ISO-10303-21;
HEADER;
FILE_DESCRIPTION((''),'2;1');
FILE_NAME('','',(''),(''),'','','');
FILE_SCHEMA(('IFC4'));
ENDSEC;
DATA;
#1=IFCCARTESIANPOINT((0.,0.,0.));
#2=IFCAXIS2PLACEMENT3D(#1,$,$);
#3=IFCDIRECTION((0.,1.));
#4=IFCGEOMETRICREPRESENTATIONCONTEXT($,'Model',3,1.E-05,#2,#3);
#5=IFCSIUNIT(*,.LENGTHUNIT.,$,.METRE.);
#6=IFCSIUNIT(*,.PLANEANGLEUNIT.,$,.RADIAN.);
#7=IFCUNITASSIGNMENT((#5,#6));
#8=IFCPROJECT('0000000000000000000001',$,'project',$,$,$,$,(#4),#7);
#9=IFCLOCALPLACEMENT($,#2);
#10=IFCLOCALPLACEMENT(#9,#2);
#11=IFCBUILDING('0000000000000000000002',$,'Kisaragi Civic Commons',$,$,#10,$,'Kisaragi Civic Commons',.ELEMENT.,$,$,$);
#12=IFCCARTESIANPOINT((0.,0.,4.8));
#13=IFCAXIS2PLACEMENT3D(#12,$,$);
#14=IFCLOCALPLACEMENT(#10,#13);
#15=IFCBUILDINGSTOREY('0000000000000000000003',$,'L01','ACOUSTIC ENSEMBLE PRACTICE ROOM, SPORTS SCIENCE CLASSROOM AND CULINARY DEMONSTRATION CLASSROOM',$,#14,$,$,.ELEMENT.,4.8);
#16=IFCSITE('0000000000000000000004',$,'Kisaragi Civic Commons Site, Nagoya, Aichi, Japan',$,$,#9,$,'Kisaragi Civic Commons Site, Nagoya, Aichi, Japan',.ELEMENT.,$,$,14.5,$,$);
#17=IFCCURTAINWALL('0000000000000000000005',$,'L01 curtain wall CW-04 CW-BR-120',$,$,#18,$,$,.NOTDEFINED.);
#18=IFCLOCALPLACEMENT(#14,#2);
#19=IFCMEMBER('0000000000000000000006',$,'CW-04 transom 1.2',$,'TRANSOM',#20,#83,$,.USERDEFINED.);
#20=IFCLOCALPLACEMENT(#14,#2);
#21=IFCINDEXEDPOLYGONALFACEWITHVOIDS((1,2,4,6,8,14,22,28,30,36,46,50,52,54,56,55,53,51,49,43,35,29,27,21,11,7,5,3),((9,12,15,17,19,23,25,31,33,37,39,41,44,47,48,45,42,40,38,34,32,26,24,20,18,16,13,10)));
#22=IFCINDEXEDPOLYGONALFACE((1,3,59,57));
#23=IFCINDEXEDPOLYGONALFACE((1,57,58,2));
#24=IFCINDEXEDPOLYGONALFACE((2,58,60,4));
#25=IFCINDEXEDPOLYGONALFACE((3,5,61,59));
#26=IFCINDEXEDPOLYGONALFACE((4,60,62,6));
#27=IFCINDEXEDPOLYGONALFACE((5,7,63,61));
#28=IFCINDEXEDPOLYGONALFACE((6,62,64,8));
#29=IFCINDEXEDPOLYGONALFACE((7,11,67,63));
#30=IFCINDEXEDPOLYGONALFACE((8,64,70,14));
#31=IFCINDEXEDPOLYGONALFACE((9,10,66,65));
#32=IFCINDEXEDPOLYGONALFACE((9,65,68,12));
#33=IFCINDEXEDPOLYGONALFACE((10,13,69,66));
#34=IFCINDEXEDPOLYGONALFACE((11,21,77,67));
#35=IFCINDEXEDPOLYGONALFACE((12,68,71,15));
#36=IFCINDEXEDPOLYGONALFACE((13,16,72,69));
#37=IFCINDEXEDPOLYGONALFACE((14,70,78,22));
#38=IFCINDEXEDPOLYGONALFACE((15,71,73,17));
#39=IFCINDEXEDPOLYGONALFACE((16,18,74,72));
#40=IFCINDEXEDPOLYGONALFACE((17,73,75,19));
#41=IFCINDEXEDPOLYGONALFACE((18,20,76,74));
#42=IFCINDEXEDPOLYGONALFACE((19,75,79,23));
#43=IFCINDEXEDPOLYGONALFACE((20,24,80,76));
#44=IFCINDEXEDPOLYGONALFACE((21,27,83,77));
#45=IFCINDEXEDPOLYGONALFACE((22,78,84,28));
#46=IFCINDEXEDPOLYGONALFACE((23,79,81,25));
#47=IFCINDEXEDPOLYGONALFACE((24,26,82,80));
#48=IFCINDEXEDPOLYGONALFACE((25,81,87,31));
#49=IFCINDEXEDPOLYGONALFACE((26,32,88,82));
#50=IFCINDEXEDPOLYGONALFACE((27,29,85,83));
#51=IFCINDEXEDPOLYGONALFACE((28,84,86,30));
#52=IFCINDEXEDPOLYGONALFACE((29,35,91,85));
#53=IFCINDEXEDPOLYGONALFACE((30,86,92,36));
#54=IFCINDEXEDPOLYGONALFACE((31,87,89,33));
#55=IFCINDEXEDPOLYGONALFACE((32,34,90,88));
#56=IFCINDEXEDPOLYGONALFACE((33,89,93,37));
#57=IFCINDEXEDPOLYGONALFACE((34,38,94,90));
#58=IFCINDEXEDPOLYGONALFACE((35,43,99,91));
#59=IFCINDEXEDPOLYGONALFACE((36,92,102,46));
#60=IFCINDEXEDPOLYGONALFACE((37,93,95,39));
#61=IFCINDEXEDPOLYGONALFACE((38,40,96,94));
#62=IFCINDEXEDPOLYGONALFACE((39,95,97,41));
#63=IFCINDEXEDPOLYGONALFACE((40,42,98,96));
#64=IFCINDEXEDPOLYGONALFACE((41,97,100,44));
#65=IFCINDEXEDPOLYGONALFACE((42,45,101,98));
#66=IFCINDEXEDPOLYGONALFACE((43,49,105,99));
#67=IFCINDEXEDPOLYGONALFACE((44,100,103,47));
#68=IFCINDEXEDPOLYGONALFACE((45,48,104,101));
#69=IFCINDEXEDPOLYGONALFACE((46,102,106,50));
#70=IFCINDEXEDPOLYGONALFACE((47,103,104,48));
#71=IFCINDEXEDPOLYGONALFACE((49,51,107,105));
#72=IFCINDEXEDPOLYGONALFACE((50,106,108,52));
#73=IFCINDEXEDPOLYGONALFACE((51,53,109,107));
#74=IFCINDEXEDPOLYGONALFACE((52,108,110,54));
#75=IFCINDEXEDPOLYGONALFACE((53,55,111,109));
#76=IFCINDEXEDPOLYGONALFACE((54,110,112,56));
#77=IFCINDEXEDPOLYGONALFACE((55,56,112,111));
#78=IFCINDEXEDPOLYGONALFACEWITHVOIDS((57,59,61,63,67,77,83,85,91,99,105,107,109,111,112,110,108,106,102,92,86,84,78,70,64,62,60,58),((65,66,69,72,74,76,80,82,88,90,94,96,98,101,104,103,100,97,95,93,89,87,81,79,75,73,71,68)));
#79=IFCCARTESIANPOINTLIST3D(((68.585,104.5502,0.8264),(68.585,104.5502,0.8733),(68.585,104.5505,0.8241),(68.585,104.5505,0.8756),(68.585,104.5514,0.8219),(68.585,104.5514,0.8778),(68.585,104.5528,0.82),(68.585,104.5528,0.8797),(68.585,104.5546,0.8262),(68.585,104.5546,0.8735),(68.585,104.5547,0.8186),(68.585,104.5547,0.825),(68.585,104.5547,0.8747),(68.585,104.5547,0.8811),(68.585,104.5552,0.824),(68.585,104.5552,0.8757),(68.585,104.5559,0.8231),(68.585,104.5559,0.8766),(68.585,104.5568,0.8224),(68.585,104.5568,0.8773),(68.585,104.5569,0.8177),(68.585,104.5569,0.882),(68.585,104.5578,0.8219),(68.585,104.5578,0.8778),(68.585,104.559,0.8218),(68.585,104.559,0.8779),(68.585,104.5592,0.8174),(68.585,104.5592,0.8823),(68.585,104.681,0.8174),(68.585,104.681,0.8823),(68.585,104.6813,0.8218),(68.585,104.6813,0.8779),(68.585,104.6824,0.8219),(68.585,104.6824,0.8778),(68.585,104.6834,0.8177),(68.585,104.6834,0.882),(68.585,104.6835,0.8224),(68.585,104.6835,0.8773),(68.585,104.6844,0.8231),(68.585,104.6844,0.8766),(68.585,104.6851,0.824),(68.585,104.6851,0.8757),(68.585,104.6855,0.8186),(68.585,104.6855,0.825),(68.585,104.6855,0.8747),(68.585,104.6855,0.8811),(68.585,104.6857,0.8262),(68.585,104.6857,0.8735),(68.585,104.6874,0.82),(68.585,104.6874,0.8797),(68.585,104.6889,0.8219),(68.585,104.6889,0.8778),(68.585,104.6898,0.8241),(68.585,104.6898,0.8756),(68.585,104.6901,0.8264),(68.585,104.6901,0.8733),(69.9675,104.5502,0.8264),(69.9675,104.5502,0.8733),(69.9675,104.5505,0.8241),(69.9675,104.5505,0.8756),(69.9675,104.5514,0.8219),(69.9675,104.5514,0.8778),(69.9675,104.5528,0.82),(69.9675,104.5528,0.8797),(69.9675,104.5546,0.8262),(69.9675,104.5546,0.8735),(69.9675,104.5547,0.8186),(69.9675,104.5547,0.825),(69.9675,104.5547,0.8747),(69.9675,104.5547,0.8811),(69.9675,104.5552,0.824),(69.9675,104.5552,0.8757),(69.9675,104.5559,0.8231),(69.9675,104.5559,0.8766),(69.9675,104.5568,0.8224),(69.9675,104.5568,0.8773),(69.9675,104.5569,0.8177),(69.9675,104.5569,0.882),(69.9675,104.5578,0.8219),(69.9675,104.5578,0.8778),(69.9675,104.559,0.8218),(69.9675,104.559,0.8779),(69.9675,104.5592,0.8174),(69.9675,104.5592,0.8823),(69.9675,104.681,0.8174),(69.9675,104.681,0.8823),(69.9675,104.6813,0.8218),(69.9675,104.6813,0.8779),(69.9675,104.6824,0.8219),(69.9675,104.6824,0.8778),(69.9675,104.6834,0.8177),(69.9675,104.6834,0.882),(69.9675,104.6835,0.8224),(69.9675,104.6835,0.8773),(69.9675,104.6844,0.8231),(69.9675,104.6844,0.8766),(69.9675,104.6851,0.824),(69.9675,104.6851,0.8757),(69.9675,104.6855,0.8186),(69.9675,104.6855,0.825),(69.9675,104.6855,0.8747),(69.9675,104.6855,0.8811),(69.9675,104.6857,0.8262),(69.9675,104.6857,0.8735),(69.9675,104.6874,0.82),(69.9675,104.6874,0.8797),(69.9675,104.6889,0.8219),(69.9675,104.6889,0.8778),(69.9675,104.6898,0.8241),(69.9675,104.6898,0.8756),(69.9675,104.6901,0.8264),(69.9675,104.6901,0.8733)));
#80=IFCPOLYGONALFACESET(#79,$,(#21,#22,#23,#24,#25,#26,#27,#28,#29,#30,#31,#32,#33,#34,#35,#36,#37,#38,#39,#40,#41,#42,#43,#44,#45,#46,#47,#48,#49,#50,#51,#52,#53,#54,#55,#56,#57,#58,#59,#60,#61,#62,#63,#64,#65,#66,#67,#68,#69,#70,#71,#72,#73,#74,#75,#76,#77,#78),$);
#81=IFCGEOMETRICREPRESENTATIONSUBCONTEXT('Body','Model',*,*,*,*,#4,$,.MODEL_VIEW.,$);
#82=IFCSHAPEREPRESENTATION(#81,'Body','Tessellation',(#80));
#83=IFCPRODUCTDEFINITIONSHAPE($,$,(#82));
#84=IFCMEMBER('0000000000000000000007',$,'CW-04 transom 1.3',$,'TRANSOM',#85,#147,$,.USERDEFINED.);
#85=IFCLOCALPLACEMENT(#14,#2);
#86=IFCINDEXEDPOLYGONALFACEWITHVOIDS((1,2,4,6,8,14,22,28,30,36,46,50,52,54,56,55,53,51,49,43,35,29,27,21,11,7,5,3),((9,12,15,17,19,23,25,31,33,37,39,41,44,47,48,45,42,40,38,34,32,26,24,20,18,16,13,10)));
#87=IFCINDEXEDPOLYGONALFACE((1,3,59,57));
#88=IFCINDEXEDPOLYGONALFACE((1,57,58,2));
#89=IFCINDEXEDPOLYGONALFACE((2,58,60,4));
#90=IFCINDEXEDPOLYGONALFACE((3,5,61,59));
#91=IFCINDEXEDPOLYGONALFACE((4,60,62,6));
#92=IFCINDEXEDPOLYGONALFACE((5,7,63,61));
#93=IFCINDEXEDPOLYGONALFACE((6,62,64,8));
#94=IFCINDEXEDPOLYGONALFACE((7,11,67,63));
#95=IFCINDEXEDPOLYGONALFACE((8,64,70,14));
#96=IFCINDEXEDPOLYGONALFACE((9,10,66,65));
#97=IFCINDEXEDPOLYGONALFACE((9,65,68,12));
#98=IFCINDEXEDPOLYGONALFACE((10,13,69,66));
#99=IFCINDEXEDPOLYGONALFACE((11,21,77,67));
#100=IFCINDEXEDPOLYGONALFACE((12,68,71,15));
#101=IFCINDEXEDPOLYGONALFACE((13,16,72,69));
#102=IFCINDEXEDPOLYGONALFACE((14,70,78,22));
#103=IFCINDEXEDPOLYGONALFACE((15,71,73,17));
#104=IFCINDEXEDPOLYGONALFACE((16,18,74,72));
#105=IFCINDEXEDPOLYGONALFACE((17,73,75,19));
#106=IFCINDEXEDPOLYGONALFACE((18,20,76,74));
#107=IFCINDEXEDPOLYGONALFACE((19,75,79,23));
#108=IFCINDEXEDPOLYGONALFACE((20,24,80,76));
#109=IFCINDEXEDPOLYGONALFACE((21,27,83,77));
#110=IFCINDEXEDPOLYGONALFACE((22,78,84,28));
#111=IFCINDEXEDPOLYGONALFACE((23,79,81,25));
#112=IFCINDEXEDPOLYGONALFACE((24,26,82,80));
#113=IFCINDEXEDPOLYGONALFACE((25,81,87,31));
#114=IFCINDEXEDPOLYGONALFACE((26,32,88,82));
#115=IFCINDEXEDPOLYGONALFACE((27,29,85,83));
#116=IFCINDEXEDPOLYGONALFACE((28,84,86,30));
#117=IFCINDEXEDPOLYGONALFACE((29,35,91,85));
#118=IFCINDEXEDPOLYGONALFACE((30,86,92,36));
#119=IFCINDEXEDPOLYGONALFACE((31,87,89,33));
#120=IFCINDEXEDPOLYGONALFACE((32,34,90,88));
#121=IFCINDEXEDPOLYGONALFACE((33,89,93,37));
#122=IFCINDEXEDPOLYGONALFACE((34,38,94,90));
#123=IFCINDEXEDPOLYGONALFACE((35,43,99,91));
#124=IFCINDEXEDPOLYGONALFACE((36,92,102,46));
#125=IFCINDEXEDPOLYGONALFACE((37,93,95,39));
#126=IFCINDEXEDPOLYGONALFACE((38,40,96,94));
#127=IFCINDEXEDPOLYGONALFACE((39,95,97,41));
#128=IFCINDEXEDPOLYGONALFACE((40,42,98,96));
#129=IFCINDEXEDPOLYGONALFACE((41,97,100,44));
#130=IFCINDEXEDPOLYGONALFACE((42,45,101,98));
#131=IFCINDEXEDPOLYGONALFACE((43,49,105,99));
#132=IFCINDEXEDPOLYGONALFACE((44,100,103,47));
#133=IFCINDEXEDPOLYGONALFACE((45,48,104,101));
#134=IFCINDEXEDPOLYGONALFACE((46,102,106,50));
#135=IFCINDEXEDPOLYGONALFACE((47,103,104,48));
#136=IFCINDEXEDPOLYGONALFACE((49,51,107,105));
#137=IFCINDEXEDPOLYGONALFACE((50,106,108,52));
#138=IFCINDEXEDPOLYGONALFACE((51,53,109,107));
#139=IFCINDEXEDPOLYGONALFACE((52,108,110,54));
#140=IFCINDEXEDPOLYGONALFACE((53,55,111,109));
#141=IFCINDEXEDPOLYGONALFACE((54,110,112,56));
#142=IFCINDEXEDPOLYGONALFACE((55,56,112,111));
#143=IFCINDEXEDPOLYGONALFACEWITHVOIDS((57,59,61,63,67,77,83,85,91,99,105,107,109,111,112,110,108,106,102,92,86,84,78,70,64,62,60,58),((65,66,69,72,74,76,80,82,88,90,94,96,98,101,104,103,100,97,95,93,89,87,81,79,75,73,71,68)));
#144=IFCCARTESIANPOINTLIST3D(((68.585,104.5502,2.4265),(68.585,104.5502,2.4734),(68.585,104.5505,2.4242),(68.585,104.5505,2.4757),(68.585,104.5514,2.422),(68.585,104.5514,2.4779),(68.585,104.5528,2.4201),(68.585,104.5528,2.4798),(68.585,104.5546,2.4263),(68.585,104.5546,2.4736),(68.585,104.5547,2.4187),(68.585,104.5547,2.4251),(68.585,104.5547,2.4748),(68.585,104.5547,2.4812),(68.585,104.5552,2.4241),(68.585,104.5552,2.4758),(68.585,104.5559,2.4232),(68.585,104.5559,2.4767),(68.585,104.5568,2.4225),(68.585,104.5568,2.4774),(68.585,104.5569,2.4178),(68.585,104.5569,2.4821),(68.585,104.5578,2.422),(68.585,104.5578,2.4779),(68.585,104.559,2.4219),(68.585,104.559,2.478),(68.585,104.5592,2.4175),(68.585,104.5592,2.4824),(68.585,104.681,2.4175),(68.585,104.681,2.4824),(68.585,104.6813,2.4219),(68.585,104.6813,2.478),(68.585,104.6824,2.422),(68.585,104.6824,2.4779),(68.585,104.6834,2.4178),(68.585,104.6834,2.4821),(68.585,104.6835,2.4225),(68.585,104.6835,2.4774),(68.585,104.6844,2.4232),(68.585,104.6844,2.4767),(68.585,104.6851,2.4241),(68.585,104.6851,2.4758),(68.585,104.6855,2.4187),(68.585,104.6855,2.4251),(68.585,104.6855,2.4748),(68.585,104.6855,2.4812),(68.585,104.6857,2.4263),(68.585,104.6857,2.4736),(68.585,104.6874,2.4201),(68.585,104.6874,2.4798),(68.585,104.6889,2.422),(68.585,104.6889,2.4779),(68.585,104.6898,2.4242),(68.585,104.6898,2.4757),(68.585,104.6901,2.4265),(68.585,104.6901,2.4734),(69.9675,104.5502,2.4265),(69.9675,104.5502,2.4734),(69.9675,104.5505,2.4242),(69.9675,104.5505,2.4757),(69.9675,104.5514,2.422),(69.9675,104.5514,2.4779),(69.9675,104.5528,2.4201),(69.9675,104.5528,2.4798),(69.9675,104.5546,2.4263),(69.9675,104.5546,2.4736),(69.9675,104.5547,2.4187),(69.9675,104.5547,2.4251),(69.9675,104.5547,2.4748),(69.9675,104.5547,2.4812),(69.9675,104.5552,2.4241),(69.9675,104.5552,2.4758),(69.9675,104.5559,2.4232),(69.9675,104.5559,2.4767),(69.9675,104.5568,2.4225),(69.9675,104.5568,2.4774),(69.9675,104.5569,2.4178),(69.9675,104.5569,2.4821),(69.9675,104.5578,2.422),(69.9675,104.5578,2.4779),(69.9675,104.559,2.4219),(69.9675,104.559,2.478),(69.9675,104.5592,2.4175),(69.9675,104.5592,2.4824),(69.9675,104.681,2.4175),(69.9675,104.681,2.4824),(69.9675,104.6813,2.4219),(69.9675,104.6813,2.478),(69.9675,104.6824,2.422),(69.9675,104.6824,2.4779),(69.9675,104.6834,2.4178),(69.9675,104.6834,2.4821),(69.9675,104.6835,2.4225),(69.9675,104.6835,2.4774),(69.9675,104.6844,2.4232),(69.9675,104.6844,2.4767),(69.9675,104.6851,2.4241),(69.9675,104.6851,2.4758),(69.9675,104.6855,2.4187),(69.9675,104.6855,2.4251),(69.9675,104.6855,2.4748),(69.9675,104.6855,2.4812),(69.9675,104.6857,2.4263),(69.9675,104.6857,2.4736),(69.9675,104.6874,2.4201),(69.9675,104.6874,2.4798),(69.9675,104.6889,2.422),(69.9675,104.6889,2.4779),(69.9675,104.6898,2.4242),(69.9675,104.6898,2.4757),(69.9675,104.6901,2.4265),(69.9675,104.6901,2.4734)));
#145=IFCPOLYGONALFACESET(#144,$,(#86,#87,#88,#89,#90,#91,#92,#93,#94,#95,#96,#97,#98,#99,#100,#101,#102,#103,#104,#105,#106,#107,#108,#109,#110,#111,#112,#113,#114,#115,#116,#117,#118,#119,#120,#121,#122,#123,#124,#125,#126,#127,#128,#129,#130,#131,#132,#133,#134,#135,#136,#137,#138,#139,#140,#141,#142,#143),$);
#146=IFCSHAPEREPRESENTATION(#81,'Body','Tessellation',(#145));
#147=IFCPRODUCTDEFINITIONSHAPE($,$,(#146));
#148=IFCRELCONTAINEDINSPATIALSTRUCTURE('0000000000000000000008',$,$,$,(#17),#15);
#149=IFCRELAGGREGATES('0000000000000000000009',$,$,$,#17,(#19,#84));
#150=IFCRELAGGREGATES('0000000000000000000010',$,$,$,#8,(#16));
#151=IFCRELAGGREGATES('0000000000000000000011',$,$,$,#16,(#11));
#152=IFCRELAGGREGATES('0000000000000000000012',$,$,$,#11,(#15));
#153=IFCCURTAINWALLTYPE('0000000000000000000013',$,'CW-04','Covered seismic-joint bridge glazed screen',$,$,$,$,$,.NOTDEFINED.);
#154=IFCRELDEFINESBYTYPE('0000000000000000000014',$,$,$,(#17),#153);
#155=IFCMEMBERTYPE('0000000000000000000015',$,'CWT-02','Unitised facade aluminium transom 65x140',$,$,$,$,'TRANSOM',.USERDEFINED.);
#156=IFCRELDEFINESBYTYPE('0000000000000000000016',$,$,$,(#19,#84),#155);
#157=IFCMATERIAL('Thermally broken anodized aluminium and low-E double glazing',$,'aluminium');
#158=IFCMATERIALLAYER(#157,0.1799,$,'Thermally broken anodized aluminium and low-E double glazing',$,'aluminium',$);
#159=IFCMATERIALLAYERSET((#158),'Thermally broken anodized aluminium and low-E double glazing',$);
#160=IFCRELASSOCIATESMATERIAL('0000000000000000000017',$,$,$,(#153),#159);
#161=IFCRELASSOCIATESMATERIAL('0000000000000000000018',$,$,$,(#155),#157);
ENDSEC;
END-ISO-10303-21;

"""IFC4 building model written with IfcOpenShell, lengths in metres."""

from ifc_helpers import new_model, si_unit, direction, frame, origin, origin_2d, place, context, subcontext, project, spatial, hollow_rectangle, extrude, material, layer, layer_set, material_profile, profile_set, type_object, element, aggregate, save


model = new_model("IFC4")

# Units and contexts
model_context = context("Model", 3, precision=1e-05, world=origin(), true_north=direction((0.0, 1.0)))
body_context = subcontext(model_context, "Body", "Model", "MODEL_VIEW")
ifc_project = project(units=[si_unit("LENGTHUNIT", "METRE"), si_unit("PLANEANGLEUNIT", "RADIAN")], contexts=[model_context])

# Site, building, storey
site_placement = place(None, origin())
site = spatial("IfcSite", under=ifc_project, at=site_placement, Name="Kisaragi Civic Commons Site, Nagoya, Aichi, Japan", LongName="Kisaragi Civic Commons Site, Nagoya, Aichi, Japan", CompositionType="ELEMENT", RefElevation=14.5)
building_placement = place(site_placement, origin())
building = spatial("IfcBuilding", under=site, at=building_placement, Name="Kisaragi Civic Commons", LongName="Kisaragi Civic Commons", CompositionType="ELEMENT")
storey_placement = place(building_placement, frame((0.0, 0.0, 4.8)))
storey = spatial("IfcBuildingStorey", under=building, at=storey_placement, Name="L01", Description="ACOUSTIC ENSEMBLE PRACTICE ROOM, SPORTS SCIENCE CLASSROOM AND CULINARY DEMONSTRATION CLASSROOM", CompositionType="ELEMENT", Elevation=4.8)

# Shared definitions
ifc_material = material(Name="Thermally broken anodized aluminium and low-E double glazing", Category="aluminium")

# Curtain wall, members
ifc_layer_1 = layer(ifc_material, 0.1799, Name="Thermally broken anodized aluminium and low-E double glazing", Category="aluminium")
ifc_layer_set_1 = layer_set([ifc_layer_1], Name="Thermally broken anodized aluminium and low-E double glazing")
curtain_wall_type_1 = type_object("IfcCurtainWallType", Name="CW-04", Description="Covered seismic-joint bridge glazed screen", PredefinedType="NOTDEFINED", material=ifc_layer_set_1)
curtain_wall_1_placement = place(storey_placement, origin())
curtain_wall_1 = element("IfcCurtainWall", 1, at=curtain_wall_1_placement, inside=storey, type_object=curtain_wall_type_1, Name="L01 curtain wall CW-04 CW-BR-120", PredefinedType="NOTDEFINED")
ifc_material_profile_1 = material_profile(ifc_material, hollow_rectangle(XDim=0.1399, YDim=0.0649, WallThickness=0.0044, InnerFilletRadius=0.0044, OuterFilletRadius=0.009, at=origin_2d()), Name="CWT-65x140x4.5", Category="aluminium")
ifc_profile_set_1 = profile_set([ifc_material_profile_1], Name="Thermally broken anodized aluminium and low-E double glazing")
member_type_1 = type_object("IfcMemberType", Name="CWT-02", Description="Unitised facade aluminium transom 65x140", ElementType="TRANSOM", PredefinedType="USERDEFINED", material=ifc_profile_set_1)
member_1_placement = place(storey_placement, frame((68.585, 104.6201, 0.8499), z_axis=(1.0, 0.0, 0.0), x_axis=(0.0, 1.0, 0.0)))
member_1 = element("IfcMember", 2, at=member_1_placement, type_object=member_type_1, Name="CW-04 transom 1.2", ObjectType="TRANSOM", PredefinedType="USERDEFINED", context=body_context, shape_type="SweptSolid", body=[
    extrude(hollow_rectangle(XDim=0.1399, YDim=0.0649, WallThickness=0.0044, InnerFilletRadius=0.0044, OuterFilletRadius=0.009, at=origin_2d()), origin(), (0.0, 0.0, 1.0), 1.3826),
])
member_2_placement = place(storey_placement, frame((68.585, 104.6201, 2.45), z_axis=(1.0, 0.0, 0.0), x_axis=(0.0, 1.0, 0.0)))
member_2 = element("IfcMember", 3, at=member_2_placement, type_object=member_type_1, Name="CW-04 transom 1.3", ObjectType="TRANSOM", PredefinedType="USERDEFINED", context=body_context, shape_type="SweptSolid", body=[
    extrude(hollow_rectangle(XDim=0.1399, YDim=0.0649, WallThickness=0.0044, InnerFilletRadius=0.0044, OuterFilletRadius=0.009, at=origin_2d()), origin(), (0.0, 0.0, 1.0), 1.3826),
])

aggregate(curtain_wall_1, [member_1, member_2])

save(model, "model.ifc")
